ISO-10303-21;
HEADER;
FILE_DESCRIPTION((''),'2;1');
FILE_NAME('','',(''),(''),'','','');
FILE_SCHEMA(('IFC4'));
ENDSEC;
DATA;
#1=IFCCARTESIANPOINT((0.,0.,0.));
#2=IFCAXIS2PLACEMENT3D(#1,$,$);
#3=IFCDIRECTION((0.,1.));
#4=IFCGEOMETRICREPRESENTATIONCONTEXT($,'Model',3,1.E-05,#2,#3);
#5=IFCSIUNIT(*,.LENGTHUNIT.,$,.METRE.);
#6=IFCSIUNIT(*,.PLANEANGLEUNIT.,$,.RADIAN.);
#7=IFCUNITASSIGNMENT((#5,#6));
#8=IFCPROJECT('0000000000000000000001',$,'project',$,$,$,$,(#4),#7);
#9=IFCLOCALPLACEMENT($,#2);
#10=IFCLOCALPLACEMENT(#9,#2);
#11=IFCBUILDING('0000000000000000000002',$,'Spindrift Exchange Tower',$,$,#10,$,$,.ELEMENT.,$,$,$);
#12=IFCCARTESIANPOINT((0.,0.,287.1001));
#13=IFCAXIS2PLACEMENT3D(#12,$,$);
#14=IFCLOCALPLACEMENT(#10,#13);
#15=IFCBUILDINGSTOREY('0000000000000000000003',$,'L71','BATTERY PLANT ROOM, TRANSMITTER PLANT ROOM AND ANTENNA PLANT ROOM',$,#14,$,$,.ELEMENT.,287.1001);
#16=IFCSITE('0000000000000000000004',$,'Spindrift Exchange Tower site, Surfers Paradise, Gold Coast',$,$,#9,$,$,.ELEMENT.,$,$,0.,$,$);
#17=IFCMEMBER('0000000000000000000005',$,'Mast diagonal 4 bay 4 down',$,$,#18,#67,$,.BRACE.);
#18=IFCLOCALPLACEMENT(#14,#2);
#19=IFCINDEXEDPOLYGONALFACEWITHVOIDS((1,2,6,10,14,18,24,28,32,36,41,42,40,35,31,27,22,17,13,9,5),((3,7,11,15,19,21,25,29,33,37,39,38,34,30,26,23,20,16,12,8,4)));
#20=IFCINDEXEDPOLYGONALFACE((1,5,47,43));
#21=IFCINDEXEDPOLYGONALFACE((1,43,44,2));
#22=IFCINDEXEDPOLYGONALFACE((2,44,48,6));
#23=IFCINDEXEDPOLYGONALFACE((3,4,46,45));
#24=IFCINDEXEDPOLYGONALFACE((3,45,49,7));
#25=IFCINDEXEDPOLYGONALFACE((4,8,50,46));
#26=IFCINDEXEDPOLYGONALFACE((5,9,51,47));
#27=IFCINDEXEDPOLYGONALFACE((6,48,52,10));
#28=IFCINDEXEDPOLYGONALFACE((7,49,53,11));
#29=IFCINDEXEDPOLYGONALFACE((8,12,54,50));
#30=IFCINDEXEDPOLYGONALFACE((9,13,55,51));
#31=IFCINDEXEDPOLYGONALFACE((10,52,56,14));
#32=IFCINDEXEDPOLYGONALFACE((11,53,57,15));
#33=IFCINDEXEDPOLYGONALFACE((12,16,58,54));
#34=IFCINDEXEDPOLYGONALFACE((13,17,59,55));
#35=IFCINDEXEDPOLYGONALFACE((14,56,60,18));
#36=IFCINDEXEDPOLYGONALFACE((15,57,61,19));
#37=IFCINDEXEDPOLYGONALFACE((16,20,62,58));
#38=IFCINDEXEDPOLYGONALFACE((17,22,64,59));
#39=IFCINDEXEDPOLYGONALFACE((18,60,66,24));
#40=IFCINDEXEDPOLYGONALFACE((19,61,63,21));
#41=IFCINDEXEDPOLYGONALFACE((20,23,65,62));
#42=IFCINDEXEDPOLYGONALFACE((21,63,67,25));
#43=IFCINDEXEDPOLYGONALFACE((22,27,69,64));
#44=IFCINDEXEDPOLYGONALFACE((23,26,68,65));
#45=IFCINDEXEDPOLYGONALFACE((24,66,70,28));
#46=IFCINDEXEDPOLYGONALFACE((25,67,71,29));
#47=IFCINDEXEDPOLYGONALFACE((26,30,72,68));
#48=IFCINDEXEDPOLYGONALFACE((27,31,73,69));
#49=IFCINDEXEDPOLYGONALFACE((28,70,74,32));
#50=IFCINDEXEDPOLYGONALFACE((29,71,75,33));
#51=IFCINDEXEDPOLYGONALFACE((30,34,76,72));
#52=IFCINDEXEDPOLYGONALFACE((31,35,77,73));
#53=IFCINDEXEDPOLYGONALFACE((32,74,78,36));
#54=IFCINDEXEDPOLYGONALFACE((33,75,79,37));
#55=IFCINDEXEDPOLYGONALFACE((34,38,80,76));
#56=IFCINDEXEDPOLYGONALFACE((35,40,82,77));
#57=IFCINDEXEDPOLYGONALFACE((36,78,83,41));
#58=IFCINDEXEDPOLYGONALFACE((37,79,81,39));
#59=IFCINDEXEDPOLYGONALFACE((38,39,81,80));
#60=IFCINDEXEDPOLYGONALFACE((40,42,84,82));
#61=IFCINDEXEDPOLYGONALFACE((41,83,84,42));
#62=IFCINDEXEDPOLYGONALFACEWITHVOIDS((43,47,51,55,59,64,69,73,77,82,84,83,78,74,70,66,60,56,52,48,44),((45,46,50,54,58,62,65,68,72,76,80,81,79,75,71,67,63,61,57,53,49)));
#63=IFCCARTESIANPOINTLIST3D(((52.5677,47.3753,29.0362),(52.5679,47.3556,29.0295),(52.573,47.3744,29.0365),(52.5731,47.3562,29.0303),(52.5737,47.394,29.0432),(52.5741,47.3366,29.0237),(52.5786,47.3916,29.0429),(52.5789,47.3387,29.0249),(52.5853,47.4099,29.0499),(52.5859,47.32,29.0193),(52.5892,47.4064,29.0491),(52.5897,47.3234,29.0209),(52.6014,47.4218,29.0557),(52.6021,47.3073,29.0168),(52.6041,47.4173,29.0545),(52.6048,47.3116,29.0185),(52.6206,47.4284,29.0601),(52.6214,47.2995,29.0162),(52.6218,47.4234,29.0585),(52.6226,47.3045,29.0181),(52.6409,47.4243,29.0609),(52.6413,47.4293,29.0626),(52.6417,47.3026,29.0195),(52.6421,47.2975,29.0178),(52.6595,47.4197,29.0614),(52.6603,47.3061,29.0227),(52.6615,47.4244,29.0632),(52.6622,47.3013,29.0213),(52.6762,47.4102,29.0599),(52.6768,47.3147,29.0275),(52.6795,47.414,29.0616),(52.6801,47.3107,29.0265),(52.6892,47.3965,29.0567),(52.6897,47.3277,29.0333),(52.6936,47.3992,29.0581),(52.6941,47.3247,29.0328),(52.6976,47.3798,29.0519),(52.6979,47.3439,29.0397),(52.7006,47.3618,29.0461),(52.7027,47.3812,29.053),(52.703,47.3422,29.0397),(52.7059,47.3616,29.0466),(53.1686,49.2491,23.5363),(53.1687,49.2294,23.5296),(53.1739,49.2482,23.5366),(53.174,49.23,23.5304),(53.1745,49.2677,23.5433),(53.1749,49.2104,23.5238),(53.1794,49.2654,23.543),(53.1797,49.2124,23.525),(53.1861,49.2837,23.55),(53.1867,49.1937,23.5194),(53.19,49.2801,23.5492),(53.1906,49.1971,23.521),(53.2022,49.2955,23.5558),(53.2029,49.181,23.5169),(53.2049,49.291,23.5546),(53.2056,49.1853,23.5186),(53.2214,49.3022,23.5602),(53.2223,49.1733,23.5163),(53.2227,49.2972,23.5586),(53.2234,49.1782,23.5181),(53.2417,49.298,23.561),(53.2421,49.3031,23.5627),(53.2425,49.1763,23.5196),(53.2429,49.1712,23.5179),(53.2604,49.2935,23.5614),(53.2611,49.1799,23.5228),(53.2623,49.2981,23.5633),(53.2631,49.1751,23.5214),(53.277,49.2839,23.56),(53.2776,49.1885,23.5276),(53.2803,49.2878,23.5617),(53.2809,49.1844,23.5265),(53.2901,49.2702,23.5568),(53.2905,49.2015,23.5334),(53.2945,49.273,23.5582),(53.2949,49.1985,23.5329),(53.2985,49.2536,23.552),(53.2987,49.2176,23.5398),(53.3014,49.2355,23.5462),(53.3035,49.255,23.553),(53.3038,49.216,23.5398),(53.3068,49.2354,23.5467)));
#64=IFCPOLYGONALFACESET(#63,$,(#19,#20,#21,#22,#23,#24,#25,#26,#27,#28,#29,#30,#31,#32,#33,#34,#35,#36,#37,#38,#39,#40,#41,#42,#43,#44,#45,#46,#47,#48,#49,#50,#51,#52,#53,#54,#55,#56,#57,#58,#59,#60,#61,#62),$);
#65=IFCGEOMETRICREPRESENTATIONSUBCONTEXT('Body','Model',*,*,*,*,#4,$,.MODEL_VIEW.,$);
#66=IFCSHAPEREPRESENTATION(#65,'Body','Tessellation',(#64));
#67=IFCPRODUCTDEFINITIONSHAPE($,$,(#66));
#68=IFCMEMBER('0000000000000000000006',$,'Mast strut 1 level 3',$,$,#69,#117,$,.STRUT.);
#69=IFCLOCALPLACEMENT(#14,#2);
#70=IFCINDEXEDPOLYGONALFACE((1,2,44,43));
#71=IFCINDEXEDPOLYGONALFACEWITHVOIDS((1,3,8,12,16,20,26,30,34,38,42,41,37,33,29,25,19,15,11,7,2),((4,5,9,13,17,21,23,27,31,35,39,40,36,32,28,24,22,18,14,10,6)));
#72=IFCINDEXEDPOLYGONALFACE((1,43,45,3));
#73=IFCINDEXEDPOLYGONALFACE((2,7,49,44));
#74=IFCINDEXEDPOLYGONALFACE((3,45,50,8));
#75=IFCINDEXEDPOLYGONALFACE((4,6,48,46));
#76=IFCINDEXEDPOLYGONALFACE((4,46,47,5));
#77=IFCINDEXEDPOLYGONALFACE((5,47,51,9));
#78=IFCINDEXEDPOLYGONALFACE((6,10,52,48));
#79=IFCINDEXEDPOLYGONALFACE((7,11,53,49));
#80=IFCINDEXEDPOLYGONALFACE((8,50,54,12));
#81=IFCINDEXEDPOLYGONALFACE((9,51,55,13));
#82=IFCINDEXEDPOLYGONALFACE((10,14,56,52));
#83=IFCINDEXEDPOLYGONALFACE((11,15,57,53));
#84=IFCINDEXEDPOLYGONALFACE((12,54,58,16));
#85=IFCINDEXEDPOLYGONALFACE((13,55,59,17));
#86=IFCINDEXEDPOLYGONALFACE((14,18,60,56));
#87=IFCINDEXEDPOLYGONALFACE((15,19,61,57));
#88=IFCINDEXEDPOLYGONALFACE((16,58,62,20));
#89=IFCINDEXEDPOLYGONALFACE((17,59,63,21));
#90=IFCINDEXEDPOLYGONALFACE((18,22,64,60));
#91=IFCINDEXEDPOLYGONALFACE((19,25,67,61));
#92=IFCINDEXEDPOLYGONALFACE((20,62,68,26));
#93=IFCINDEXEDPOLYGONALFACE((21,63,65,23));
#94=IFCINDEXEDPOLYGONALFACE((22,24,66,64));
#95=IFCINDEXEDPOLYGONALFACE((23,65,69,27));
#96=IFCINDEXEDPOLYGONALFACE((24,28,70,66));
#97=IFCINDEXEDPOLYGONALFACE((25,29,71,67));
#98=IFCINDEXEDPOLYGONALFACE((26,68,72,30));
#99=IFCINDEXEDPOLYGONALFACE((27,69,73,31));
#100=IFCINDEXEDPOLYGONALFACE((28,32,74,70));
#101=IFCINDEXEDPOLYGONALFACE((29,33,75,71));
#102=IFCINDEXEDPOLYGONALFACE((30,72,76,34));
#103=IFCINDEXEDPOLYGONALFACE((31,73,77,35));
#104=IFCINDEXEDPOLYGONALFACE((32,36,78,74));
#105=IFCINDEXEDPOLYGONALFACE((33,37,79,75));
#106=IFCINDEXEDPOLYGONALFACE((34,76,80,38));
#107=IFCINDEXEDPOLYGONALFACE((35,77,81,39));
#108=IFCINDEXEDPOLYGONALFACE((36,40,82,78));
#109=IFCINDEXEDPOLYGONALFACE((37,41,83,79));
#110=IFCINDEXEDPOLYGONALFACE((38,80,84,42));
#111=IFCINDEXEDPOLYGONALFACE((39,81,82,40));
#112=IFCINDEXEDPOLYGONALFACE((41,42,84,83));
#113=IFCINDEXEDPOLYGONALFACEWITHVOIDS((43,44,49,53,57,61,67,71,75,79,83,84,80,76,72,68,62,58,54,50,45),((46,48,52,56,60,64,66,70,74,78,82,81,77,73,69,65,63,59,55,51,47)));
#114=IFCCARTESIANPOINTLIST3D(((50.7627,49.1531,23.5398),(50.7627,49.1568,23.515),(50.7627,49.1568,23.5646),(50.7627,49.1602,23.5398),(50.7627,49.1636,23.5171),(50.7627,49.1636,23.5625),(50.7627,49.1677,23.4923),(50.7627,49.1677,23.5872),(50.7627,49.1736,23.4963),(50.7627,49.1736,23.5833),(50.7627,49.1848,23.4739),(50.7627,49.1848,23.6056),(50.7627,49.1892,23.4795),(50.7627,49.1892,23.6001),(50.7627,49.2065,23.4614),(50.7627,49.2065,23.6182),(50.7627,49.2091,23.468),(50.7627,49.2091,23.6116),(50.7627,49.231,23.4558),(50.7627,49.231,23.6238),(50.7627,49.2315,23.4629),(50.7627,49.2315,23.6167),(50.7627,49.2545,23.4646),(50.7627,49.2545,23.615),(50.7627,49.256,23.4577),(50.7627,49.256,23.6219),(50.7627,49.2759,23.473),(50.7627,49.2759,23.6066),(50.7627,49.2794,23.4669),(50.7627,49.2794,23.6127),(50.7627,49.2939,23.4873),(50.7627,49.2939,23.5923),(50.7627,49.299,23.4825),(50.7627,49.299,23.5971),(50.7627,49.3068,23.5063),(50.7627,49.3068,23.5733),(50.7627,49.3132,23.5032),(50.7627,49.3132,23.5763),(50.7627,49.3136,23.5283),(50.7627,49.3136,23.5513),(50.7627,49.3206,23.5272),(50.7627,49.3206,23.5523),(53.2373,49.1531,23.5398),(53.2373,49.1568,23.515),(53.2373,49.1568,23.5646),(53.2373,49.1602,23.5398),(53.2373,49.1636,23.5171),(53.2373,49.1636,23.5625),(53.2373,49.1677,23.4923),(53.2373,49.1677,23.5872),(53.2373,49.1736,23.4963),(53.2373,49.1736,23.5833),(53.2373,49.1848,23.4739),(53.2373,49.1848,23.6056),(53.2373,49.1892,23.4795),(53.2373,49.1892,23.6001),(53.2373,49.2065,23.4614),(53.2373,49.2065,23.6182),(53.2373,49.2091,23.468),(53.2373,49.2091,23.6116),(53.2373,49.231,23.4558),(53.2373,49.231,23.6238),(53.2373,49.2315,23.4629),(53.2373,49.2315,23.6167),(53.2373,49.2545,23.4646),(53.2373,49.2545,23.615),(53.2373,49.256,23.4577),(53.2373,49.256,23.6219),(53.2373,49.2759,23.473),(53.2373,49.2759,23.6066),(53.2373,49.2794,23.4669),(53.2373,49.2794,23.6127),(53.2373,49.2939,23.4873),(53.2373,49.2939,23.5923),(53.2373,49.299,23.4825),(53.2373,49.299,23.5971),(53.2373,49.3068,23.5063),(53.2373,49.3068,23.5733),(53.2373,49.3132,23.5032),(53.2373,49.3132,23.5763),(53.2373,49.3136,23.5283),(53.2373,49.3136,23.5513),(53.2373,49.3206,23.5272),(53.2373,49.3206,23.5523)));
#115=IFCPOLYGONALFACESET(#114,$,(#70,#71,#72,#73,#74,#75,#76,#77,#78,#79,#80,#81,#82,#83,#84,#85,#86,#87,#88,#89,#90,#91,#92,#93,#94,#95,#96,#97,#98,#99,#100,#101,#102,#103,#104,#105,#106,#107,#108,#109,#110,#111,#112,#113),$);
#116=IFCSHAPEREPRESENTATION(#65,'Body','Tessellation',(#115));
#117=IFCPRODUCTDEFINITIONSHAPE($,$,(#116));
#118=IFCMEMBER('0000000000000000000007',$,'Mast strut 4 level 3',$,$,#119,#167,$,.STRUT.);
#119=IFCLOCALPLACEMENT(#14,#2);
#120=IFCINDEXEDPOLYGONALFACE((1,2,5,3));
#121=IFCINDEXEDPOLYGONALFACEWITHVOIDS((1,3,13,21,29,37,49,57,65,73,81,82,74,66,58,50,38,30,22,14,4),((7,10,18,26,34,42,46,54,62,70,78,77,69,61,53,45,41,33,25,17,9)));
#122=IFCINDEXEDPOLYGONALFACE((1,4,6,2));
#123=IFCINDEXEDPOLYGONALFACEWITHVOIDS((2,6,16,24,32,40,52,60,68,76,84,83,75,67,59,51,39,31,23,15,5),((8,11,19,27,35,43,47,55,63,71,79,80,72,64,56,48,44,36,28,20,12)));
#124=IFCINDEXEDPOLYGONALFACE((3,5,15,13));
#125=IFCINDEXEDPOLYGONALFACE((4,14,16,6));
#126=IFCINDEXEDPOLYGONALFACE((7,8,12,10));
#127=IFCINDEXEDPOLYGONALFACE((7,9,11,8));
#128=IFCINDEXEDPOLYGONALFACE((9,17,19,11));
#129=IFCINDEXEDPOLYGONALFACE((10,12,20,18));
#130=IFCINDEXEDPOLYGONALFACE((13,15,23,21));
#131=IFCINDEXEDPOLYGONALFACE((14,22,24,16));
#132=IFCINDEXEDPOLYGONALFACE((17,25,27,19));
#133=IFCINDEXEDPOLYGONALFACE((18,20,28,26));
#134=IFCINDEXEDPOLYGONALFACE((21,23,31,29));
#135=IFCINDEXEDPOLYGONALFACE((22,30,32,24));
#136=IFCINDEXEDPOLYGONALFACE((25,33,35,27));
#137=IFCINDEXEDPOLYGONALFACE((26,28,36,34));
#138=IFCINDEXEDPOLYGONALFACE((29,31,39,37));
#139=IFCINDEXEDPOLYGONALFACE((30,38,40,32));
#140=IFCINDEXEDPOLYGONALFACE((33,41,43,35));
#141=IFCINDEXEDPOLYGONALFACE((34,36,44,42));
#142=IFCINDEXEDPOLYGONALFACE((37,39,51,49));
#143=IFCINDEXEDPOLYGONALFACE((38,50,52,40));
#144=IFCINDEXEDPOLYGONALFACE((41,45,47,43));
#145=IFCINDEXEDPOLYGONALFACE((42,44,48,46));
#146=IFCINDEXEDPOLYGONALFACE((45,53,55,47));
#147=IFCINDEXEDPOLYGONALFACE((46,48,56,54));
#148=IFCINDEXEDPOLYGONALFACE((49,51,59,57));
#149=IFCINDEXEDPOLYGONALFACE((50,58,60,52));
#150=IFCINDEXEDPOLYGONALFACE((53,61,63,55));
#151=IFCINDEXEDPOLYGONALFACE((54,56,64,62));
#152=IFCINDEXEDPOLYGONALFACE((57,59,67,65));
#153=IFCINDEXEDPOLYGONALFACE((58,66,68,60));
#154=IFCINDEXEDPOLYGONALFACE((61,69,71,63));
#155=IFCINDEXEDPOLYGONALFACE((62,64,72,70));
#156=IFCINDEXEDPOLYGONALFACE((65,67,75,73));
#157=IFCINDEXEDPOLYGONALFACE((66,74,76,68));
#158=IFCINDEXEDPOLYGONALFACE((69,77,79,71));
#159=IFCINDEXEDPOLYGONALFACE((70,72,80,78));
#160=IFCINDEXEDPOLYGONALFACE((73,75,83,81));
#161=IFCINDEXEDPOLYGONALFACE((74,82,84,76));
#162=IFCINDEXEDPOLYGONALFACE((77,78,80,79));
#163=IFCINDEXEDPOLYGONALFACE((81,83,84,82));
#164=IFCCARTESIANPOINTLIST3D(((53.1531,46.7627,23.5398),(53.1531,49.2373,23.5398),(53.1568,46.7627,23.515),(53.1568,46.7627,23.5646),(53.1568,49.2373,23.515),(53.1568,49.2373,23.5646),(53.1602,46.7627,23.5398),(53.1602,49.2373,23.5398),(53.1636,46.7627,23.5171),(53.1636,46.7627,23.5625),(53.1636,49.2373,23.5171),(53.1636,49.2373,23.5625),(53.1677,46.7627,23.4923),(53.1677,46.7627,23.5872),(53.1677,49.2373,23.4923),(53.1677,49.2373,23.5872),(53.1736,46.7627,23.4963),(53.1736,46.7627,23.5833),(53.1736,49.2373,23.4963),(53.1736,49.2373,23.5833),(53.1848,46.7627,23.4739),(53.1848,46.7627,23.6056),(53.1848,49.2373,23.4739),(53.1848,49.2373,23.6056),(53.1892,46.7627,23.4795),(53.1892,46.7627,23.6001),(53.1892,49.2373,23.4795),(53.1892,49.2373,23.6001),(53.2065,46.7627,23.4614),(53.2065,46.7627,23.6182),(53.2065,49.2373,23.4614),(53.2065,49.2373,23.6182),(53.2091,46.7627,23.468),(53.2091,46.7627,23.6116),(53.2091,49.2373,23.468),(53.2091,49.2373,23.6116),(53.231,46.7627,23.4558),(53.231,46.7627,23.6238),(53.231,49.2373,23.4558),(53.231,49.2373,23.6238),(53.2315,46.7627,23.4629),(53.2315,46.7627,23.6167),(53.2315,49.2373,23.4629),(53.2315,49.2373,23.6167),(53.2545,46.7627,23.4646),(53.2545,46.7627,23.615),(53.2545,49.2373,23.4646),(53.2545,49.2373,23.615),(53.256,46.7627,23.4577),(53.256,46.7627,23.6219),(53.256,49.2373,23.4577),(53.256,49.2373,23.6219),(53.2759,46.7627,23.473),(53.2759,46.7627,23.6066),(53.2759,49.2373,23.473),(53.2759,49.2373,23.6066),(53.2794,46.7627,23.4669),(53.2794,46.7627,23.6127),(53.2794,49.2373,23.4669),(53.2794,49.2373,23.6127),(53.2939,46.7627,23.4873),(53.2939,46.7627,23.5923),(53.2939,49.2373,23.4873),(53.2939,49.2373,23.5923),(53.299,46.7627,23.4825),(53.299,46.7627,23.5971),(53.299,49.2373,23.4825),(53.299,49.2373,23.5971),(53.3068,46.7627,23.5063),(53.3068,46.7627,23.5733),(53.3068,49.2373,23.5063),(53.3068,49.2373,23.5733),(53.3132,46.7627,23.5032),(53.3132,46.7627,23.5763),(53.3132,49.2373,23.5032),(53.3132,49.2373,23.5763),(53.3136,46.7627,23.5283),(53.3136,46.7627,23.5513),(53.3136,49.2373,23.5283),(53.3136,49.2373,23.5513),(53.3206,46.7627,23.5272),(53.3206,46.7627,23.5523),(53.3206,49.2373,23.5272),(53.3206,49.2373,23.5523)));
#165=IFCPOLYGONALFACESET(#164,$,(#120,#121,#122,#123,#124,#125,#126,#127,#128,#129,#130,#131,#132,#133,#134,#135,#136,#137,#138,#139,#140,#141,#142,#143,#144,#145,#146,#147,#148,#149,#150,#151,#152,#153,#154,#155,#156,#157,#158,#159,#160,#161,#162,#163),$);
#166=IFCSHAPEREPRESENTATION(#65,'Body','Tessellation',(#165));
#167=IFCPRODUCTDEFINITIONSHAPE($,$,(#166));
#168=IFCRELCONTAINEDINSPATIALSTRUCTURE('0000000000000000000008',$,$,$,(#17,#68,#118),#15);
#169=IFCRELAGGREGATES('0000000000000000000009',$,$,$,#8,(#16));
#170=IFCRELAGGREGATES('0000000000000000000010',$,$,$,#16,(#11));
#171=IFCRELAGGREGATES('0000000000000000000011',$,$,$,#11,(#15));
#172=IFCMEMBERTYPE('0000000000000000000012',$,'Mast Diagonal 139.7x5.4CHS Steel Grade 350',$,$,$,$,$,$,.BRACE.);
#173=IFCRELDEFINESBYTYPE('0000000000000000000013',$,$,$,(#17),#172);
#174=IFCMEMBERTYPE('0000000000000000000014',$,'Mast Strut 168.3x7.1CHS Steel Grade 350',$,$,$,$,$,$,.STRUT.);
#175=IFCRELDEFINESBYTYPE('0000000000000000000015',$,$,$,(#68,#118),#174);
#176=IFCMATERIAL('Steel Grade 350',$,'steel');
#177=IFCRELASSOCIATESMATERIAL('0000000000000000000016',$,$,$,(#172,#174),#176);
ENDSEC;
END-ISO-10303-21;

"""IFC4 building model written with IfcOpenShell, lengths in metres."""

from ifc_helpers import new_model, si_unit, direction, frame, origin, origin_2d, place, context, subcontext, project, spatial, hollow_circle, extrude, source, transform, mapped, material, material_profile, profile_set, type_object, element, save


model = new_model("IFC4")

# Units and contexts
model_context = context("Model", 3, precision=1e-05, world=origin(), true_north=direction((0.0, 1.0)))
body_context = subcontext(model_context, "Body", "Model", "MODEL_VIEW")
ifc_project = project(units=[si_unit("LENGTHUNIT", "METRE"), si_unit("PLANEANGLEUNIT", "RADIAN")], contexts=[model_context])

# Site, building, storey
site_placement = place(None, origin())
site = spatial("IfcSite", under=ifc_project, at=site_placement, Name="Spindrift Exchange Tower site, Surfers Paradise, Gold Coast", CompositionType="ELEMENT", RefElevation=0.0)
building_placement = place(site_placement, origin())
building = spatial("IfcBuilding", under=site, at=building_placement, Name="Spindrift Exchange Tower", CompositionType="ELEMENT")
storey_placement = place(building_placement, frame((0.0, 0.0, 287.1001)))
storey = spatial("IfcBuildingStorey", under=building, at=storey_placement, Name="L71", Description="BATTERY PLANT ROOM, TRANSMITTER PLANT ROOM AND ANTENNA PLANT ROOM", CompositionType="ELEMENT", Elevation=287.1001)

# Members
ifc_material = material(Name="Steel Grade 350", Category="steel")
ifc_material_profile_1 = material_profile(ifc_material, hollow_circle(Radius=0.0698, WallThickness=0.0054, at=origin_2d()), Name="139.7x5.4CHS")
ifc_profile_set_1 = profile_set([ifc_material_profile_1], Name="Steel Grade 350")
member_type_1 = type_object("IfcMemberType", Name="Mast Diagonal 139.7x5.4CHS Steel Grade 350", PredefinedType="BRACE", material=ifc_profile_set_1)
ifc_material_profile_2 = material_profile(ifc_material, hollow_circle(Radius=0.0842, WallThickness=0.0071, at=origin_2d()), Name="168.3x7.1CHS")
ifc_profile_set_2 = profile_set([ifc_material_profile_2], Name="Steel Grade 350")
member_type_2 = type_object("IfcMemberType", Name="Mast Strut 168.3x7.1CHS Steel Grade 350", PredefinedType="STRUT", material=ifc_profile_set_2)
shared_shape_1 = source(origin(), body_context, "Body", "SweptSolid", [
    extrude(hollow_circle(Radius=0.0698, WallThickness=0.0054, at=origin_2d()), origin(), (0.0, 0.0, 1.0), 5.8413),
])
for number, where, z_axis, x_axis, name in (
    (1, (53.2373, 49.2373, 23.5398), (-0.102857, -0.320775, 0.941554), (0.952244, -0.305338, 0.0), "Mast diagonal 4 bay 4 down"),
):
    element("IfcMember", number, at=place(storey_placement, frame(where, z_axis=z_axis, x_axis=x_axis)), inside=storey, type_object=member_type_1, Name=name, PredefinedType="BRACE", context=body_context, shape_type="MappedRepresentation", body=[
        mapped(shared_shape_1, transform((0.0, 0.0, 0.0), scale=1.0)),
    ])
shared_shape_2 = source(origin(), body_context, "Body", "SweptSolid", [
    extrude(hollow_circle(Radius=0.0842, WallThickness=0.0071, at=origin_2d()), origin(), (0.0, 0.0, 1.0), 2.4746),
])
for number, where, z_axis, x_axis, name in (
    (2, (53.2373, 49.2373, 23.5398), (-1.0, 0.0, 0.0), (0.0, -1.0, 0.0), "Mast strut 1 level 3"),
    (3, (53.2373, 46.7627, 23.5398), (0.0, 1.0, 0.0), (-1.0, 0.0, 0.0), "Mast strut 4 level 3"),
):
    element("IfcMember", number, at=place(storey_placement, frame(where, z_axis=z_axis, x_axis=x_axis)), inside=storey, type_object=member_type_2, Name=name, PredefinedType="STRUT", context=body_context, shape_type="MappedRepresentation", body=[
        mapped(shared_shape_2, transform((0.0, 0.0, 0.0), scale=1.0)),
    ])

save(model, "model.ifc")
